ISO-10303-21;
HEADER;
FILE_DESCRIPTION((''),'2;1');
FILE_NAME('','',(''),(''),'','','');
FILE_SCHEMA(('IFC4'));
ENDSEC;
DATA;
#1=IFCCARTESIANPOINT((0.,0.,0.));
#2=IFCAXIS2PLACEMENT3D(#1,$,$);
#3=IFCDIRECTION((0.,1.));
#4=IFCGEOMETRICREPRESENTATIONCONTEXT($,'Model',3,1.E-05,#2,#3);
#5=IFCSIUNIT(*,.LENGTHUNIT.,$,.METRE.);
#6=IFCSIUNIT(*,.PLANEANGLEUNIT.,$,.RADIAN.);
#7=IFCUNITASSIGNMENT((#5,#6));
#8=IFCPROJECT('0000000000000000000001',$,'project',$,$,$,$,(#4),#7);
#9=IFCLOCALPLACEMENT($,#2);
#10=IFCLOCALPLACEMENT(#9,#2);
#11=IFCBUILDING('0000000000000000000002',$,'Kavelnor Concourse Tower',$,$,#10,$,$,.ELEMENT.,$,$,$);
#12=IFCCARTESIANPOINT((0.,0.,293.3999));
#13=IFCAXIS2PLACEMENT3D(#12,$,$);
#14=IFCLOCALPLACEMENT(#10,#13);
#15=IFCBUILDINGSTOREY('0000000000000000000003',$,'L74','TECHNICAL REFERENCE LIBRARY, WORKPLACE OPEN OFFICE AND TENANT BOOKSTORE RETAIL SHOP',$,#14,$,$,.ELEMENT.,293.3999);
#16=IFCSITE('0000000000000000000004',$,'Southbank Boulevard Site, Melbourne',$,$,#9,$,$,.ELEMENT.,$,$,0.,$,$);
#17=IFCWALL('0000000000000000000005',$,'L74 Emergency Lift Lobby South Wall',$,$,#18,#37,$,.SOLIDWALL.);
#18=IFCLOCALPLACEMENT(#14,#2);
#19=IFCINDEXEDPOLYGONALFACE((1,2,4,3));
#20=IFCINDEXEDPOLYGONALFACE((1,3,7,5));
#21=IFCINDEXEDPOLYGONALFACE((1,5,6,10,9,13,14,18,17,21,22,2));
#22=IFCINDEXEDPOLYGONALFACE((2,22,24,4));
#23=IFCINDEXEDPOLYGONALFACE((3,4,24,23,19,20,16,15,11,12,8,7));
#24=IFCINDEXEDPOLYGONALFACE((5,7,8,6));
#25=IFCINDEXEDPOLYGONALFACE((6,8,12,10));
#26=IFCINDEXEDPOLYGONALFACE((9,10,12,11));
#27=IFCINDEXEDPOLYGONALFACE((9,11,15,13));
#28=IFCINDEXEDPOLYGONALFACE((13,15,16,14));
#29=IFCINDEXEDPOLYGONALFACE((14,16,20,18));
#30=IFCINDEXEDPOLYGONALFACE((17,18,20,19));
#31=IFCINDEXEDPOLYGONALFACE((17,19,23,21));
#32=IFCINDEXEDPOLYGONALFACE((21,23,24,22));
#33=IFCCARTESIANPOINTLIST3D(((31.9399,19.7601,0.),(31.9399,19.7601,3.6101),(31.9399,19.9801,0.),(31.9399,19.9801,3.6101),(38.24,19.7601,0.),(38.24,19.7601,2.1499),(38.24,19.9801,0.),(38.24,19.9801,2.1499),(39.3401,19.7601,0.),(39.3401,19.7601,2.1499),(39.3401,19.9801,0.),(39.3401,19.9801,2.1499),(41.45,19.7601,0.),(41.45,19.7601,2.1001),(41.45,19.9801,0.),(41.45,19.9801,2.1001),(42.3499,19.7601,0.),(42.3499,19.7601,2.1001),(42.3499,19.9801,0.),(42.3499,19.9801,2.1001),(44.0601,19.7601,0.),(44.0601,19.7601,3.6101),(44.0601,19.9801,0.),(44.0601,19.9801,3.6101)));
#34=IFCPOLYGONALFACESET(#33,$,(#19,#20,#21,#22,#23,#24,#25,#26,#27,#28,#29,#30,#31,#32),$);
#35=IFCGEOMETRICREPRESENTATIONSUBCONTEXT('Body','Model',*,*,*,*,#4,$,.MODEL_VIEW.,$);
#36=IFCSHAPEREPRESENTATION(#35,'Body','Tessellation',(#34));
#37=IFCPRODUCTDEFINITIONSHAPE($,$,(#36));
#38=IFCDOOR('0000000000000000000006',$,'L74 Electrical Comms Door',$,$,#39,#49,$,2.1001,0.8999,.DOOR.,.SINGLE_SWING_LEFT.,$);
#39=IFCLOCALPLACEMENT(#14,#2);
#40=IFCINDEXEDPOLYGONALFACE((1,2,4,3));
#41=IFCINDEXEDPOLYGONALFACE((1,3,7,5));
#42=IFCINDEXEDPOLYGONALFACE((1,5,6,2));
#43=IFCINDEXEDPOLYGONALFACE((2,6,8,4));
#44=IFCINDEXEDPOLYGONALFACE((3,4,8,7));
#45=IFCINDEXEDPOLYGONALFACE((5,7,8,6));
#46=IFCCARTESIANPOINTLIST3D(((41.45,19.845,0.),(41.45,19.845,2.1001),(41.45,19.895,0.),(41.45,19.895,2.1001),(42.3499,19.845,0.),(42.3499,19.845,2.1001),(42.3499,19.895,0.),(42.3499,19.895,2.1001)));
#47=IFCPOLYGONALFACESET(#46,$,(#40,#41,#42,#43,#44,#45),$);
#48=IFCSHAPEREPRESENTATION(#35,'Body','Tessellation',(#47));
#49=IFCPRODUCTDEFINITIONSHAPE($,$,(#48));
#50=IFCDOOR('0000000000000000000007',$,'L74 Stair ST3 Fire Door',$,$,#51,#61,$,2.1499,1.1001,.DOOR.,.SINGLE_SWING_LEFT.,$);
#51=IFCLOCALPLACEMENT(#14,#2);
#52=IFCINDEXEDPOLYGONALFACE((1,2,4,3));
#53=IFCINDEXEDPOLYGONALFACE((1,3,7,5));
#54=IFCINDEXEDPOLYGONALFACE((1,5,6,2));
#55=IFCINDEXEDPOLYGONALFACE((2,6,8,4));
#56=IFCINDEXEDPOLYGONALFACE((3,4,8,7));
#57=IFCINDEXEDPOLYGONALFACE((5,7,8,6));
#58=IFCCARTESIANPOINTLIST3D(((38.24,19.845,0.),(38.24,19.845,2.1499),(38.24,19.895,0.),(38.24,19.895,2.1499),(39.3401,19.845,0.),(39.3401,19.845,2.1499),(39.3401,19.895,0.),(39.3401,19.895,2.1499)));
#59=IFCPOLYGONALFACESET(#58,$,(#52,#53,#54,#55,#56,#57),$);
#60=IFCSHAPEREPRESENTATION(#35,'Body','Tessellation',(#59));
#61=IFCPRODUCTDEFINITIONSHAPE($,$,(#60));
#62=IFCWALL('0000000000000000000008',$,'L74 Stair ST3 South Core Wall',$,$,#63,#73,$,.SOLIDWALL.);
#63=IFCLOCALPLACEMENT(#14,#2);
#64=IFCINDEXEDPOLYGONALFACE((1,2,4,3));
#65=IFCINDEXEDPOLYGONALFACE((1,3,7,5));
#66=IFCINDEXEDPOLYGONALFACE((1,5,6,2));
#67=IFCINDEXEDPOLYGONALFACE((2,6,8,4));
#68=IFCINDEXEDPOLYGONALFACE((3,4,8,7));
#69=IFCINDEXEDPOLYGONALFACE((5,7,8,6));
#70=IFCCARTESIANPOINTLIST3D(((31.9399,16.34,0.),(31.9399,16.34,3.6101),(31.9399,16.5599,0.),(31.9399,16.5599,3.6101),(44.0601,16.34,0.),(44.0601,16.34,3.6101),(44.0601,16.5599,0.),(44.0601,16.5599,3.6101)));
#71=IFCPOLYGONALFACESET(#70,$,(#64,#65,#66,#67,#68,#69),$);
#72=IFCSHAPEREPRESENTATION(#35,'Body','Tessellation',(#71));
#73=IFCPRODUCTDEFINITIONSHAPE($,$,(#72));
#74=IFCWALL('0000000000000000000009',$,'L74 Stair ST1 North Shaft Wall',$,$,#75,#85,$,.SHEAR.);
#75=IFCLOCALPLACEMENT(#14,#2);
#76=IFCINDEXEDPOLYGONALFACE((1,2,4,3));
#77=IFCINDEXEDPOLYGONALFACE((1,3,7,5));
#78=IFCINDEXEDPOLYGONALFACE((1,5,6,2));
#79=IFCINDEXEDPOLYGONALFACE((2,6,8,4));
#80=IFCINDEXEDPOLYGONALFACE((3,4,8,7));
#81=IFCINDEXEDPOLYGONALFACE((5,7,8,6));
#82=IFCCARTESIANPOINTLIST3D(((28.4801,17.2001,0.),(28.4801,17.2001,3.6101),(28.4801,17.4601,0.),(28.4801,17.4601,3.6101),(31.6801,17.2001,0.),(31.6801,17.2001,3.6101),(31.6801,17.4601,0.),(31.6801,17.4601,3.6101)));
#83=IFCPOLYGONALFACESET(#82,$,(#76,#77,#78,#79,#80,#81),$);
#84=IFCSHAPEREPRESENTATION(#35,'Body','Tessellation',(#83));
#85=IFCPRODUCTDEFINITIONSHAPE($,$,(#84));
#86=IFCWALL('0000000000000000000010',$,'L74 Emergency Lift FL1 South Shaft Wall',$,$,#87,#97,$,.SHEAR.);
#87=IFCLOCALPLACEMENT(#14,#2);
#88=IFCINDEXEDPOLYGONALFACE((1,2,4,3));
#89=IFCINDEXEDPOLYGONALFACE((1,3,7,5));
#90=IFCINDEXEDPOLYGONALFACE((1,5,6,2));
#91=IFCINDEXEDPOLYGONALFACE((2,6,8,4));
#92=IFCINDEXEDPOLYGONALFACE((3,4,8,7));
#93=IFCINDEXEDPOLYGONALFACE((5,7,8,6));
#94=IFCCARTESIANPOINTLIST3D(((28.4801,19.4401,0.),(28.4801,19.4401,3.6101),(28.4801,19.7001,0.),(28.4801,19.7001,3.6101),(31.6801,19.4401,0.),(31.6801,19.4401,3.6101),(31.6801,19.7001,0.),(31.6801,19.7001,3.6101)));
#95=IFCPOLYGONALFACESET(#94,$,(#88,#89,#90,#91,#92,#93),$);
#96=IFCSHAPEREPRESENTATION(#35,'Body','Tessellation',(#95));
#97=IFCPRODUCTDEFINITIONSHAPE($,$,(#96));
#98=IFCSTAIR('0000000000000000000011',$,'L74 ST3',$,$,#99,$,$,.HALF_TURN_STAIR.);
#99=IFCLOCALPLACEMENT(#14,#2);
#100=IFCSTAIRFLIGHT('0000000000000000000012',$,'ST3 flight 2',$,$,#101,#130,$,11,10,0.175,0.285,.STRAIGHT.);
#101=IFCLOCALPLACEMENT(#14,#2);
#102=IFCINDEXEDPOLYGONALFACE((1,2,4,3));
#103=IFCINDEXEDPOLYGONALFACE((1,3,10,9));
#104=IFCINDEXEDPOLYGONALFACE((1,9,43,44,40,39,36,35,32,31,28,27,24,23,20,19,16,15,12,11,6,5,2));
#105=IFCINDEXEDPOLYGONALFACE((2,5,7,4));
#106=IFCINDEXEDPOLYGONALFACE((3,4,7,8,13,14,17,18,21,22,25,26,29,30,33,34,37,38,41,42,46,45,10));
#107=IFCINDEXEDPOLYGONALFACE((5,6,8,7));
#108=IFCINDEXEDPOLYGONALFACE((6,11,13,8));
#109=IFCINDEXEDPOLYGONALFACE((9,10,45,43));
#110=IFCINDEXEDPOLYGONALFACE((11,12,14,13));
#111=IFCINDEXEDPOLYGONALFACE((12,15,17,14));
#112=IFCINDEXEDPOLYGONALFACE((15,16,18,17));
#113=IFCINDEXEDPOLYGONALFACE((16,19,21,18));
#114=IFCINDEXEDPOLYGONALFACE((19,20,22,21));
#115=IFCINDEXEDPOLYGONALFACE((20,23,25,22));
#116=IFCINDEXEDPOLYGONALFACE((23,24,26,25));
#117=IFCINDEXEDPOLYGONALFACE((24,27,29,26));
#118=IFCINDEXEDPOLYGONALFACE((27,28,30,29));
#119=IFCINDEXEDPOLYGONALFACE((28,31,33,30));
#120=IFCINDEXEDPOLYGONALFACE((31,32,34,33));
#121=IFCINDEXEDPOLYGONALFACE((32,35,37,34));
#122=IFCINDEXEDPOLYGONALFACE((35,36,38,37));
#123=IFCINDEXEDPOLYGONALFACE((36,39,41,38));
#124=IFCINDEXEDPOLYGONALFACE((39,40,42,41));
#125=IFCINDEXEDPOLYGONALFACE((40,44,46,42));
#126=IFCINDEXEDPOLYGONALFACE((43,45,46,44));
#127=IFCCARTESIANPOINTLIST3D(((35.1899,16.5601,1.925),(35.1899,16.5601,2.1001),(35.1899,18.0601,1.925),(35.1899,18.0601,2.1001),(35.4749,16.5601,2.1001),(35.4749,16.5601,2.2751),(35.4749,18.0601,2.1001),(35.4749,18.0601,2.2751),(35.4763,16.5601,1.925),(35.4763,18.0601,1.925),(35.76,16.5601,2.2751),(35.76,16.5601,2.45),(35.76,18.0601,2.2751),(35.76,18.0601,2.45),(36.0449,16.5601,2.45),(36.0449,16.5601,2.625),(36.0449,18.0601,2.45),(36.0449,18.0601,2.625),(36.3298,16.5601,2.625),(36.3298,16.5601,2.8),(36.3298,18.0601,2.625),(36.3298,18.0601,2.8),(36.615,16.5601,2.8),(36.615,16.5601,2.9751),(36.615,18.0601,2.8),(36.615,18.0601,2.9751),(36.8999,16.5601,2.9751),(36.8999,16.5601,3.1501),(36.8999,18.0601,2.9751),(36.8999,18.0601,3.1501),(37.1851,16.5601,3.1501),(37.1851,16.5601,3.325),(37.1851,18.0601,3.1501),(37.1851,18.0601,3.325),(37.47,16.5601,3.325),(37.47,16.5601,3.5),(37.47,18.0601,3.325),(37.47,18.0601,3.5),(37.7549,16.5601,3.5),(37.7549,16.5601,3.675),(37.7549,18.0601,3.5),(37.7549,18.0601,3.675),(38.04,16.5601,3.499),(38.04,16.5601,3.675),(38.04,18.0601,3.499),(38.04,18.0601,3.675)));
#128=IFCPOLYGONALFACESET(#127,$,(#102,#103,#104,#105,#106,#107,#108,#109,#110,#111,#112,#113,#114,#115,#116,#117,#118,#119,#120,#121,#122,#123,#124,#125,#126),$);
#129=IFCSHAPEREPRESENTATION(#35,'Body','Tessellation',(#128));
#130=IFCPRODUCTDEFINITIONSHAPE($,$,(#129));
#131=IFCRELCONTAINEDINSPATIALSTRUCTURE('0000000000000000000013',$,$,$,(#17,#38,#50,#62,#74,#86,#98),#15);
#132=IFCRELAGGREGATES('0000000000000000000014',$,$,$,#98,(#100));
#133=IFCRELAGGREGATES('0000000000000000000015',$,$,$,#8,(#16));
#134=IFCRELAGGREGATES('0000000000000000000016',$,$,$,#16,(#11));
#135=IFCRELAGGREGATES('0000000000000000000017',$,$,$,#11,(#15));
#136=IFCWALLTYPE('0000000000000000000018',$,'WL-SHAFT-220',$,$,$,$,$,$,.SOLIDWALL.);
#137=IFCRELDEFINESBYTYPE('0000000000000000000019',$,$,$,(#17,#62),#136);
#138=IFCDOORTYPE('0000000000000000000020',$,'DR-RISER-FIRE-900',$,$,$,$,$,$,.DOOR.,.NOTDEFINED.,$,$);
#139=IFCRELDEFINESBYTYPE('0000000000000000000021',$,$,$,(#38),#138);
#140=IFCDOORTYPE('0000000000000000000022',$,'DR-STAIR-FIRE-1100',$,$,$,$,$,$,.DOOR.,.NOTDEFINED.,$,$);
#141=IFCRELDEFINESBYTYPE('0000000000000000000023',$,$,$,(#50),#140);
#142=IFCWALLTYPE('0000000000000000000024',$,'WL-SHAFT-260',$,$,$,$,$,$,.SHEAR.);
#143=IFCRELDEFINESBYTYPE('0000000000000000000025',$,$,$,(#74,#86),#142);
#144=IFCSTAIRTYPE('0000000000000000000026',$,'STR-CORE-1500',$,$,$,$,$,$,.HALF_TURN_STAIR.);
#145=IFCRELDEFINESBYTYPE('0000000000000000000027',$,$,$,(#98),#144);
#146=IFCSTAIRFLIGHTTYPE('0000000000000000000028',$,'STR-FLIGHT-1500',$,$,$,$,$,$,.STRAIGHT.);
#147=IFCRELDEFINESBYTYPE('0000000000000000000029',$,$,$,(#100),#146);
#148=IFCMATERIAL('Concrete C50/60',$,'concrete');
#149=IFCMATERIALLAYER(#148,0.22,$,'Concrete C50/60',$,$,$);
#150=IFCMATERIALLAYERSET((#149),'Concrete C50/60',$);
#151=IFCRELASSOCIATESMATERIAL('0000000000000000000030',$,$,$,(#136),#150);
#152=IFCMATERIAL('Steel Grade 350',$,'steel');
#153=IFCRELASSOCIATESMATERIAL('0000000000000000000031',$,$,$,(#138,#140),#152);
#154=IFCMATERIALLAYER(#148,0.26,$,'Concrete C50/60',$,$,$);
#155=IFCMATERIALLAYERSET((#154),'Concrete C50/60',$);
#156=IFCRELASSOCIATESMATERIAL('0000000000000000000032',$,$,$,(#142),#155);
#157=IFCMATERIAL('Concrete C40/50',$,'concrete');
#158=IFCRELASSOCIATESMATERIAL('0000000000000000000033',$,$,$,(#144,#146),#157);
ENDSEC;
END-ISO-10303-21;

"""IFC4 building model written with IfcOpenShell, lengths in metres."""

from ifc_helpers import new_model, si_unit, direction, frame, frame_2d, origin, place, context, subcontext, project, spatial, polyline, rectangle, outline, extrude, material, layer, layer_set, type_object, element, fill, aggregate, save


model = new_model("IFC4")

# Units and contexts
model_context = context("Model", 3, precision=1e-05, world=origin(), true_north=direction((0.0, 1.0)))
body_context = subcontext(model_context, "Body", "Model", "MODEL_VIEW")
ifc_project = project(units=[si_unit("LENGTHUNIT", "METRE"), si_unit("PLANEANGLEUNIT", "RADIAN")], contexts=[model_context])

# Site, building, storey
site_placement = place(None, origin())
site = spatial("IfcSite", under=ifc_project, at=site_placement, Name="Southbank Boulevard Site, Melbourne", CompositionType="ELEMENT", RefElevation=0.0)
building_placement = place(site_placement, origin())
building = spatial("IfcBuilding", under=site, at=building_placement, Name="Kavelnor Concourse Tower", CompositionType="ELEMENT")
storey_placement = place(building_placement, frame((0.0, 0.0, 293.3999)))
storey = spatial("IfcBuildingStorey", under=building, at=storey_placement, Name="L74", Description="TECHNICAL REFERENCE LIBRARY, WORKPLACE OPEN OFFICE AND TENANT BOOKSTORE RETAIL SHOP", CompositionType="ELEMENT", Elevation=293.3999)

# Shared definitions
ifc_material_1 = material(Name="Steel Grade 350", Category="steel")

# Shared definitions
ifc_material_2 = material(Name="Concrete C50/60", Category="concrete")

# Wall, openings, doors
ifc_layer_1 = layer(ifc_material_2, 0.22, Name="Concrete C50/60")
ifc_layer_set_1 = layer_set([ifc_layer_1], Name="Concrete C50/60")
wall_type_1 = type_object("IfcWallType", Name="WL-SHAFT-220", PredefinedType="SOLIDWALL", material=ifc_layer_set_1)
wall_1_placement = place(storey_placement, frame((31.9399, 19.8701, 0.0), z_axis=(0.0, 0.0, 1.0), x_axis=(1.0, 0.0, 0.0)))
wall_1 = element("IfcWall", 1, at=wall_1_placement, inside=storey, type_object=wall_type_1, Name="L74 Emergency Lift Lobby South Wall", PredefinedType="SOLIDWALL", context=body_context, shape_type="SweptSolid", body=[
    extrude(rectangle(XDim=12.1201, YDim=0.22, at=frame_2d((6.0601, 0.0))), origin(), (0.0, 0.0, 1.0), 3.6101),
])
opening_1_placement = place(wall_1_placement, frame((6.3, 0.0, 0.0)))
opening_1 = element("IfcOpeningElement", 2, at=opening_1_placement, cuts=wall_1, PredefinedType="OPENING", context=body_context, shape_type="SweptSolid", body=[
    extrude(rectangle(XDim=1.1001, YDim=2.1499, at=frame_2d((0.55, 1.075))), frame((0.0, 0.1201, 0.0), z_axis=(0.0, -1.0, 0.0), x_axis=(1.0, 0.0, 0.0)), (0.0, 0.0, 1.0), 0.24),
])
opening_2_placement = place(wall_1_placement, frame((9.51, 0.0, 0.0)))
opening_2 = element("IfcOpeningElement", 3, at=opening_2_placement, cuts=wall_1, PredefinedType="OPENING", context=body_context, shape_type="SweptSolid", body=[
    extrude(rectangle(XDim=0.8999, YDim=2.1001, at=frame_2d((0.45, 1.05))), frame((0.0, 0.1201, 0.0), z_axis=(0.0, -1.0, 0.0), x_axis=(1.0, 0.0, 0.0)), (0.0, 0.0, 1.0), 0.24),
])
door_type_1 = type_object("IfcDoorType", Name="DR-RISER-FIRE-900", OperationType="NOTDEFINED", PredefinedType="DOOR", material=ifc_material_1)
door_1_placement = place(opening_2_placement, origin())
door_1 = element("IfcDoor", 4, at=door_1_placement, inside=storey, type_object=door_type_1, Name="L74 Electrical Comms Door", OperationType="SINGLE_SWING_LEFT", OverallHeight=2.1001, OverallWidth=0.8999, PredefinedType="DOOR", context=body_context, shape_type="SweptSolid", body=[
    extrude(rectangle(XDim=0.8999, YDim=2.1001, at=frame_2d((0.45, 1.05))), frame((0.0, 0.0249, 0.0), z_axis=(0.0, -1.0, 0.0), x_axis=(1.0, 0.0, 0.0)), (0.0, 0.0, 1.0), 0.05),
])
fill(opening_2, door_1)
door_type_2 = type_object("IfcDoorType", Name="DR-STAIR-FIRE-1100", OperationType="NOTDEFINED", PredefinedType="DOOR", material=ifc_material_1)
door_2_placement = place(opening_1_placement, origin())
door_2 = element("IfcDoor", 5, at=door_2_placement, inside=storey, type_object=door_type_2, Name="L74 Stair ST3 Fire Door", OperationType="SINGLE_SWING_LEFT", OverallHeight=2.1499, OverallWidth=1.1001, PredefinedType="DOOR", context=body_context, shape_type="SweptSolid", body=[
    extrude(rectangle(XDim=1.1001, YDim=2.1499, at=frame_2d((0.55, 1.075))), frame((0.0, 0.0249, 0.0), z_axis=(0.0, -1.0, 0.0), x_axis=(1.0, 0.0, 0.0)), (0.0, 0.0, 1.0), 0.05),
])
fill(opening_1, door_2)

# Walls
wall_2_placement = place(storey_placement, frame((31.9399, 16.45, 0.0), z_axis=(0.0, 0.0, 1.0), x_axis=(1.0, 0.0, 0.0)))
element("IfcWall", 6, at=wall_2_placement, inside=storey, type_object=wall_type_1, Name="L74 Stair ST3 South Core Wall", PredefinedType="SOLIDWALL", context=body_context, shape_type="SweptSolid", body=[
    extrude(rectangle(XDim=12.1201, YDim=0.22, at=frame_2d((6.0601, 0.0))), origin(), (0.0, 0.0, 1.0), 3.6101),
])
ifc_layer_2 = layer(ifc_material_2, 0.26, Name="Concrete C50/60")
ifc_layer_set_2 = layer_set([ifc_layer_2], Name="Concrete C50/60")
wall_type_2 = type_object("IfcWallType", Name="WL-SHAFT-260", PredefinedType="SHEAR", material=ifc_layer_set_2)
for number, where, z_axis, x_axis, name in (
    (7, (28.48, 17.3301, 0.0), (0.0, 0.0, 1.0), (1.0, 0.0, 0.0), "L74 Stair ST1 North Shaft Wall"),
    (8, (28.48, 19.5701, 0.0), (0.0, 0.0, 1.0), (1.0, 0.0, 0.0), "L74 Emergency Lift FL1 South Shaft Wall"),
):
    element("IfcWall", number, at=place(storey_placement, frame(where, z_axis=z_axis, x_axis=x_axis)), inside=storey, type_object=wall_type_2, Name=name, PredefinedType="SHEAR", context=body_context, shape_type="SweptSolid", body=[
        extrude(rectangle(XDim=3.2, YDim=0.26, at=frame_2d((1.6001, 0.0))), origin(), (0.0, 0.0, 1.0), 3.6101),
    ])

# Stair, stair flight
ifc_material_3 = material(Name="Concrete C40/50", Category="concrete")
stair_type = type_object("IfcStairType", Name="STR-CORE-1500", PredefinedType="HALF_TURN_STAIR", material=ifc_material_3)
stair_placement = place(storey_placement, origin())
stair = element("IfcStair", 9, at=stair_placement, inside=storey, type_object=stair_type, Name="L74 ST3", PredefinedType="HALF_TURN_STAIR")
stair_flight_type = type_object("IfcStairFlightType", Name="STR-FLIGHT-1500", PredefinedType="STRAIGHT", material=ifc_material_3)
stair_flight_placement = place(storey_placement, frame((35.1899, 17.3101, 1.925), z_axis=(0.0, 0.0, 1.0), x_axis=(1.0, 0.0, 0.0)))
stair_flight = element("IfcStairFlight", 10, at=stair_flight_placement, type_object=stair_flight_type, Name="ST3 flight 2", NumberOfRisers=11, NumberOfTreads=10, PredefinedType="STRAIGHT", RiserHeight=0.175, TreadLength=0.285, context=body_context, shape_type="SweptSolid", body=[
    extrude(outline(polyline([(0.0, 0.0), (0.0, 0.175), (0.2849, 0.175), (0.2849, 0.3501), (0.5701, 0.3501), (0.5701, 0.5249), (0.855, 0.5249), (0.855, 0.7), (1.1399, 0.7), (1.1399, 0.875), (1.425, 0.875), (1.425, 1.05), (1.71, 1.05), (1.71, 1.2251), (1.9951, 1.2251), (1.9951, 1.3999), (2.28, 1.3999), (2.28, 1.575), (2.5649, 1.575), (2.5649, 1.75), (2.8501, 1.75), (2.8501, 1.925), (2.8501, 1.574), (0.2864, 0.0), (0.0, 0.0)])), frame((0.0, 0.75, 0.0), z_axis=(0.0, -1.0, 0.0), x_axis=(1.0, 0.0, 0.0)), (0.0, 0.0, 1.0), 1.5),
])
aggregate(stair, [stair_flight])

save(model, "model.ifc")
